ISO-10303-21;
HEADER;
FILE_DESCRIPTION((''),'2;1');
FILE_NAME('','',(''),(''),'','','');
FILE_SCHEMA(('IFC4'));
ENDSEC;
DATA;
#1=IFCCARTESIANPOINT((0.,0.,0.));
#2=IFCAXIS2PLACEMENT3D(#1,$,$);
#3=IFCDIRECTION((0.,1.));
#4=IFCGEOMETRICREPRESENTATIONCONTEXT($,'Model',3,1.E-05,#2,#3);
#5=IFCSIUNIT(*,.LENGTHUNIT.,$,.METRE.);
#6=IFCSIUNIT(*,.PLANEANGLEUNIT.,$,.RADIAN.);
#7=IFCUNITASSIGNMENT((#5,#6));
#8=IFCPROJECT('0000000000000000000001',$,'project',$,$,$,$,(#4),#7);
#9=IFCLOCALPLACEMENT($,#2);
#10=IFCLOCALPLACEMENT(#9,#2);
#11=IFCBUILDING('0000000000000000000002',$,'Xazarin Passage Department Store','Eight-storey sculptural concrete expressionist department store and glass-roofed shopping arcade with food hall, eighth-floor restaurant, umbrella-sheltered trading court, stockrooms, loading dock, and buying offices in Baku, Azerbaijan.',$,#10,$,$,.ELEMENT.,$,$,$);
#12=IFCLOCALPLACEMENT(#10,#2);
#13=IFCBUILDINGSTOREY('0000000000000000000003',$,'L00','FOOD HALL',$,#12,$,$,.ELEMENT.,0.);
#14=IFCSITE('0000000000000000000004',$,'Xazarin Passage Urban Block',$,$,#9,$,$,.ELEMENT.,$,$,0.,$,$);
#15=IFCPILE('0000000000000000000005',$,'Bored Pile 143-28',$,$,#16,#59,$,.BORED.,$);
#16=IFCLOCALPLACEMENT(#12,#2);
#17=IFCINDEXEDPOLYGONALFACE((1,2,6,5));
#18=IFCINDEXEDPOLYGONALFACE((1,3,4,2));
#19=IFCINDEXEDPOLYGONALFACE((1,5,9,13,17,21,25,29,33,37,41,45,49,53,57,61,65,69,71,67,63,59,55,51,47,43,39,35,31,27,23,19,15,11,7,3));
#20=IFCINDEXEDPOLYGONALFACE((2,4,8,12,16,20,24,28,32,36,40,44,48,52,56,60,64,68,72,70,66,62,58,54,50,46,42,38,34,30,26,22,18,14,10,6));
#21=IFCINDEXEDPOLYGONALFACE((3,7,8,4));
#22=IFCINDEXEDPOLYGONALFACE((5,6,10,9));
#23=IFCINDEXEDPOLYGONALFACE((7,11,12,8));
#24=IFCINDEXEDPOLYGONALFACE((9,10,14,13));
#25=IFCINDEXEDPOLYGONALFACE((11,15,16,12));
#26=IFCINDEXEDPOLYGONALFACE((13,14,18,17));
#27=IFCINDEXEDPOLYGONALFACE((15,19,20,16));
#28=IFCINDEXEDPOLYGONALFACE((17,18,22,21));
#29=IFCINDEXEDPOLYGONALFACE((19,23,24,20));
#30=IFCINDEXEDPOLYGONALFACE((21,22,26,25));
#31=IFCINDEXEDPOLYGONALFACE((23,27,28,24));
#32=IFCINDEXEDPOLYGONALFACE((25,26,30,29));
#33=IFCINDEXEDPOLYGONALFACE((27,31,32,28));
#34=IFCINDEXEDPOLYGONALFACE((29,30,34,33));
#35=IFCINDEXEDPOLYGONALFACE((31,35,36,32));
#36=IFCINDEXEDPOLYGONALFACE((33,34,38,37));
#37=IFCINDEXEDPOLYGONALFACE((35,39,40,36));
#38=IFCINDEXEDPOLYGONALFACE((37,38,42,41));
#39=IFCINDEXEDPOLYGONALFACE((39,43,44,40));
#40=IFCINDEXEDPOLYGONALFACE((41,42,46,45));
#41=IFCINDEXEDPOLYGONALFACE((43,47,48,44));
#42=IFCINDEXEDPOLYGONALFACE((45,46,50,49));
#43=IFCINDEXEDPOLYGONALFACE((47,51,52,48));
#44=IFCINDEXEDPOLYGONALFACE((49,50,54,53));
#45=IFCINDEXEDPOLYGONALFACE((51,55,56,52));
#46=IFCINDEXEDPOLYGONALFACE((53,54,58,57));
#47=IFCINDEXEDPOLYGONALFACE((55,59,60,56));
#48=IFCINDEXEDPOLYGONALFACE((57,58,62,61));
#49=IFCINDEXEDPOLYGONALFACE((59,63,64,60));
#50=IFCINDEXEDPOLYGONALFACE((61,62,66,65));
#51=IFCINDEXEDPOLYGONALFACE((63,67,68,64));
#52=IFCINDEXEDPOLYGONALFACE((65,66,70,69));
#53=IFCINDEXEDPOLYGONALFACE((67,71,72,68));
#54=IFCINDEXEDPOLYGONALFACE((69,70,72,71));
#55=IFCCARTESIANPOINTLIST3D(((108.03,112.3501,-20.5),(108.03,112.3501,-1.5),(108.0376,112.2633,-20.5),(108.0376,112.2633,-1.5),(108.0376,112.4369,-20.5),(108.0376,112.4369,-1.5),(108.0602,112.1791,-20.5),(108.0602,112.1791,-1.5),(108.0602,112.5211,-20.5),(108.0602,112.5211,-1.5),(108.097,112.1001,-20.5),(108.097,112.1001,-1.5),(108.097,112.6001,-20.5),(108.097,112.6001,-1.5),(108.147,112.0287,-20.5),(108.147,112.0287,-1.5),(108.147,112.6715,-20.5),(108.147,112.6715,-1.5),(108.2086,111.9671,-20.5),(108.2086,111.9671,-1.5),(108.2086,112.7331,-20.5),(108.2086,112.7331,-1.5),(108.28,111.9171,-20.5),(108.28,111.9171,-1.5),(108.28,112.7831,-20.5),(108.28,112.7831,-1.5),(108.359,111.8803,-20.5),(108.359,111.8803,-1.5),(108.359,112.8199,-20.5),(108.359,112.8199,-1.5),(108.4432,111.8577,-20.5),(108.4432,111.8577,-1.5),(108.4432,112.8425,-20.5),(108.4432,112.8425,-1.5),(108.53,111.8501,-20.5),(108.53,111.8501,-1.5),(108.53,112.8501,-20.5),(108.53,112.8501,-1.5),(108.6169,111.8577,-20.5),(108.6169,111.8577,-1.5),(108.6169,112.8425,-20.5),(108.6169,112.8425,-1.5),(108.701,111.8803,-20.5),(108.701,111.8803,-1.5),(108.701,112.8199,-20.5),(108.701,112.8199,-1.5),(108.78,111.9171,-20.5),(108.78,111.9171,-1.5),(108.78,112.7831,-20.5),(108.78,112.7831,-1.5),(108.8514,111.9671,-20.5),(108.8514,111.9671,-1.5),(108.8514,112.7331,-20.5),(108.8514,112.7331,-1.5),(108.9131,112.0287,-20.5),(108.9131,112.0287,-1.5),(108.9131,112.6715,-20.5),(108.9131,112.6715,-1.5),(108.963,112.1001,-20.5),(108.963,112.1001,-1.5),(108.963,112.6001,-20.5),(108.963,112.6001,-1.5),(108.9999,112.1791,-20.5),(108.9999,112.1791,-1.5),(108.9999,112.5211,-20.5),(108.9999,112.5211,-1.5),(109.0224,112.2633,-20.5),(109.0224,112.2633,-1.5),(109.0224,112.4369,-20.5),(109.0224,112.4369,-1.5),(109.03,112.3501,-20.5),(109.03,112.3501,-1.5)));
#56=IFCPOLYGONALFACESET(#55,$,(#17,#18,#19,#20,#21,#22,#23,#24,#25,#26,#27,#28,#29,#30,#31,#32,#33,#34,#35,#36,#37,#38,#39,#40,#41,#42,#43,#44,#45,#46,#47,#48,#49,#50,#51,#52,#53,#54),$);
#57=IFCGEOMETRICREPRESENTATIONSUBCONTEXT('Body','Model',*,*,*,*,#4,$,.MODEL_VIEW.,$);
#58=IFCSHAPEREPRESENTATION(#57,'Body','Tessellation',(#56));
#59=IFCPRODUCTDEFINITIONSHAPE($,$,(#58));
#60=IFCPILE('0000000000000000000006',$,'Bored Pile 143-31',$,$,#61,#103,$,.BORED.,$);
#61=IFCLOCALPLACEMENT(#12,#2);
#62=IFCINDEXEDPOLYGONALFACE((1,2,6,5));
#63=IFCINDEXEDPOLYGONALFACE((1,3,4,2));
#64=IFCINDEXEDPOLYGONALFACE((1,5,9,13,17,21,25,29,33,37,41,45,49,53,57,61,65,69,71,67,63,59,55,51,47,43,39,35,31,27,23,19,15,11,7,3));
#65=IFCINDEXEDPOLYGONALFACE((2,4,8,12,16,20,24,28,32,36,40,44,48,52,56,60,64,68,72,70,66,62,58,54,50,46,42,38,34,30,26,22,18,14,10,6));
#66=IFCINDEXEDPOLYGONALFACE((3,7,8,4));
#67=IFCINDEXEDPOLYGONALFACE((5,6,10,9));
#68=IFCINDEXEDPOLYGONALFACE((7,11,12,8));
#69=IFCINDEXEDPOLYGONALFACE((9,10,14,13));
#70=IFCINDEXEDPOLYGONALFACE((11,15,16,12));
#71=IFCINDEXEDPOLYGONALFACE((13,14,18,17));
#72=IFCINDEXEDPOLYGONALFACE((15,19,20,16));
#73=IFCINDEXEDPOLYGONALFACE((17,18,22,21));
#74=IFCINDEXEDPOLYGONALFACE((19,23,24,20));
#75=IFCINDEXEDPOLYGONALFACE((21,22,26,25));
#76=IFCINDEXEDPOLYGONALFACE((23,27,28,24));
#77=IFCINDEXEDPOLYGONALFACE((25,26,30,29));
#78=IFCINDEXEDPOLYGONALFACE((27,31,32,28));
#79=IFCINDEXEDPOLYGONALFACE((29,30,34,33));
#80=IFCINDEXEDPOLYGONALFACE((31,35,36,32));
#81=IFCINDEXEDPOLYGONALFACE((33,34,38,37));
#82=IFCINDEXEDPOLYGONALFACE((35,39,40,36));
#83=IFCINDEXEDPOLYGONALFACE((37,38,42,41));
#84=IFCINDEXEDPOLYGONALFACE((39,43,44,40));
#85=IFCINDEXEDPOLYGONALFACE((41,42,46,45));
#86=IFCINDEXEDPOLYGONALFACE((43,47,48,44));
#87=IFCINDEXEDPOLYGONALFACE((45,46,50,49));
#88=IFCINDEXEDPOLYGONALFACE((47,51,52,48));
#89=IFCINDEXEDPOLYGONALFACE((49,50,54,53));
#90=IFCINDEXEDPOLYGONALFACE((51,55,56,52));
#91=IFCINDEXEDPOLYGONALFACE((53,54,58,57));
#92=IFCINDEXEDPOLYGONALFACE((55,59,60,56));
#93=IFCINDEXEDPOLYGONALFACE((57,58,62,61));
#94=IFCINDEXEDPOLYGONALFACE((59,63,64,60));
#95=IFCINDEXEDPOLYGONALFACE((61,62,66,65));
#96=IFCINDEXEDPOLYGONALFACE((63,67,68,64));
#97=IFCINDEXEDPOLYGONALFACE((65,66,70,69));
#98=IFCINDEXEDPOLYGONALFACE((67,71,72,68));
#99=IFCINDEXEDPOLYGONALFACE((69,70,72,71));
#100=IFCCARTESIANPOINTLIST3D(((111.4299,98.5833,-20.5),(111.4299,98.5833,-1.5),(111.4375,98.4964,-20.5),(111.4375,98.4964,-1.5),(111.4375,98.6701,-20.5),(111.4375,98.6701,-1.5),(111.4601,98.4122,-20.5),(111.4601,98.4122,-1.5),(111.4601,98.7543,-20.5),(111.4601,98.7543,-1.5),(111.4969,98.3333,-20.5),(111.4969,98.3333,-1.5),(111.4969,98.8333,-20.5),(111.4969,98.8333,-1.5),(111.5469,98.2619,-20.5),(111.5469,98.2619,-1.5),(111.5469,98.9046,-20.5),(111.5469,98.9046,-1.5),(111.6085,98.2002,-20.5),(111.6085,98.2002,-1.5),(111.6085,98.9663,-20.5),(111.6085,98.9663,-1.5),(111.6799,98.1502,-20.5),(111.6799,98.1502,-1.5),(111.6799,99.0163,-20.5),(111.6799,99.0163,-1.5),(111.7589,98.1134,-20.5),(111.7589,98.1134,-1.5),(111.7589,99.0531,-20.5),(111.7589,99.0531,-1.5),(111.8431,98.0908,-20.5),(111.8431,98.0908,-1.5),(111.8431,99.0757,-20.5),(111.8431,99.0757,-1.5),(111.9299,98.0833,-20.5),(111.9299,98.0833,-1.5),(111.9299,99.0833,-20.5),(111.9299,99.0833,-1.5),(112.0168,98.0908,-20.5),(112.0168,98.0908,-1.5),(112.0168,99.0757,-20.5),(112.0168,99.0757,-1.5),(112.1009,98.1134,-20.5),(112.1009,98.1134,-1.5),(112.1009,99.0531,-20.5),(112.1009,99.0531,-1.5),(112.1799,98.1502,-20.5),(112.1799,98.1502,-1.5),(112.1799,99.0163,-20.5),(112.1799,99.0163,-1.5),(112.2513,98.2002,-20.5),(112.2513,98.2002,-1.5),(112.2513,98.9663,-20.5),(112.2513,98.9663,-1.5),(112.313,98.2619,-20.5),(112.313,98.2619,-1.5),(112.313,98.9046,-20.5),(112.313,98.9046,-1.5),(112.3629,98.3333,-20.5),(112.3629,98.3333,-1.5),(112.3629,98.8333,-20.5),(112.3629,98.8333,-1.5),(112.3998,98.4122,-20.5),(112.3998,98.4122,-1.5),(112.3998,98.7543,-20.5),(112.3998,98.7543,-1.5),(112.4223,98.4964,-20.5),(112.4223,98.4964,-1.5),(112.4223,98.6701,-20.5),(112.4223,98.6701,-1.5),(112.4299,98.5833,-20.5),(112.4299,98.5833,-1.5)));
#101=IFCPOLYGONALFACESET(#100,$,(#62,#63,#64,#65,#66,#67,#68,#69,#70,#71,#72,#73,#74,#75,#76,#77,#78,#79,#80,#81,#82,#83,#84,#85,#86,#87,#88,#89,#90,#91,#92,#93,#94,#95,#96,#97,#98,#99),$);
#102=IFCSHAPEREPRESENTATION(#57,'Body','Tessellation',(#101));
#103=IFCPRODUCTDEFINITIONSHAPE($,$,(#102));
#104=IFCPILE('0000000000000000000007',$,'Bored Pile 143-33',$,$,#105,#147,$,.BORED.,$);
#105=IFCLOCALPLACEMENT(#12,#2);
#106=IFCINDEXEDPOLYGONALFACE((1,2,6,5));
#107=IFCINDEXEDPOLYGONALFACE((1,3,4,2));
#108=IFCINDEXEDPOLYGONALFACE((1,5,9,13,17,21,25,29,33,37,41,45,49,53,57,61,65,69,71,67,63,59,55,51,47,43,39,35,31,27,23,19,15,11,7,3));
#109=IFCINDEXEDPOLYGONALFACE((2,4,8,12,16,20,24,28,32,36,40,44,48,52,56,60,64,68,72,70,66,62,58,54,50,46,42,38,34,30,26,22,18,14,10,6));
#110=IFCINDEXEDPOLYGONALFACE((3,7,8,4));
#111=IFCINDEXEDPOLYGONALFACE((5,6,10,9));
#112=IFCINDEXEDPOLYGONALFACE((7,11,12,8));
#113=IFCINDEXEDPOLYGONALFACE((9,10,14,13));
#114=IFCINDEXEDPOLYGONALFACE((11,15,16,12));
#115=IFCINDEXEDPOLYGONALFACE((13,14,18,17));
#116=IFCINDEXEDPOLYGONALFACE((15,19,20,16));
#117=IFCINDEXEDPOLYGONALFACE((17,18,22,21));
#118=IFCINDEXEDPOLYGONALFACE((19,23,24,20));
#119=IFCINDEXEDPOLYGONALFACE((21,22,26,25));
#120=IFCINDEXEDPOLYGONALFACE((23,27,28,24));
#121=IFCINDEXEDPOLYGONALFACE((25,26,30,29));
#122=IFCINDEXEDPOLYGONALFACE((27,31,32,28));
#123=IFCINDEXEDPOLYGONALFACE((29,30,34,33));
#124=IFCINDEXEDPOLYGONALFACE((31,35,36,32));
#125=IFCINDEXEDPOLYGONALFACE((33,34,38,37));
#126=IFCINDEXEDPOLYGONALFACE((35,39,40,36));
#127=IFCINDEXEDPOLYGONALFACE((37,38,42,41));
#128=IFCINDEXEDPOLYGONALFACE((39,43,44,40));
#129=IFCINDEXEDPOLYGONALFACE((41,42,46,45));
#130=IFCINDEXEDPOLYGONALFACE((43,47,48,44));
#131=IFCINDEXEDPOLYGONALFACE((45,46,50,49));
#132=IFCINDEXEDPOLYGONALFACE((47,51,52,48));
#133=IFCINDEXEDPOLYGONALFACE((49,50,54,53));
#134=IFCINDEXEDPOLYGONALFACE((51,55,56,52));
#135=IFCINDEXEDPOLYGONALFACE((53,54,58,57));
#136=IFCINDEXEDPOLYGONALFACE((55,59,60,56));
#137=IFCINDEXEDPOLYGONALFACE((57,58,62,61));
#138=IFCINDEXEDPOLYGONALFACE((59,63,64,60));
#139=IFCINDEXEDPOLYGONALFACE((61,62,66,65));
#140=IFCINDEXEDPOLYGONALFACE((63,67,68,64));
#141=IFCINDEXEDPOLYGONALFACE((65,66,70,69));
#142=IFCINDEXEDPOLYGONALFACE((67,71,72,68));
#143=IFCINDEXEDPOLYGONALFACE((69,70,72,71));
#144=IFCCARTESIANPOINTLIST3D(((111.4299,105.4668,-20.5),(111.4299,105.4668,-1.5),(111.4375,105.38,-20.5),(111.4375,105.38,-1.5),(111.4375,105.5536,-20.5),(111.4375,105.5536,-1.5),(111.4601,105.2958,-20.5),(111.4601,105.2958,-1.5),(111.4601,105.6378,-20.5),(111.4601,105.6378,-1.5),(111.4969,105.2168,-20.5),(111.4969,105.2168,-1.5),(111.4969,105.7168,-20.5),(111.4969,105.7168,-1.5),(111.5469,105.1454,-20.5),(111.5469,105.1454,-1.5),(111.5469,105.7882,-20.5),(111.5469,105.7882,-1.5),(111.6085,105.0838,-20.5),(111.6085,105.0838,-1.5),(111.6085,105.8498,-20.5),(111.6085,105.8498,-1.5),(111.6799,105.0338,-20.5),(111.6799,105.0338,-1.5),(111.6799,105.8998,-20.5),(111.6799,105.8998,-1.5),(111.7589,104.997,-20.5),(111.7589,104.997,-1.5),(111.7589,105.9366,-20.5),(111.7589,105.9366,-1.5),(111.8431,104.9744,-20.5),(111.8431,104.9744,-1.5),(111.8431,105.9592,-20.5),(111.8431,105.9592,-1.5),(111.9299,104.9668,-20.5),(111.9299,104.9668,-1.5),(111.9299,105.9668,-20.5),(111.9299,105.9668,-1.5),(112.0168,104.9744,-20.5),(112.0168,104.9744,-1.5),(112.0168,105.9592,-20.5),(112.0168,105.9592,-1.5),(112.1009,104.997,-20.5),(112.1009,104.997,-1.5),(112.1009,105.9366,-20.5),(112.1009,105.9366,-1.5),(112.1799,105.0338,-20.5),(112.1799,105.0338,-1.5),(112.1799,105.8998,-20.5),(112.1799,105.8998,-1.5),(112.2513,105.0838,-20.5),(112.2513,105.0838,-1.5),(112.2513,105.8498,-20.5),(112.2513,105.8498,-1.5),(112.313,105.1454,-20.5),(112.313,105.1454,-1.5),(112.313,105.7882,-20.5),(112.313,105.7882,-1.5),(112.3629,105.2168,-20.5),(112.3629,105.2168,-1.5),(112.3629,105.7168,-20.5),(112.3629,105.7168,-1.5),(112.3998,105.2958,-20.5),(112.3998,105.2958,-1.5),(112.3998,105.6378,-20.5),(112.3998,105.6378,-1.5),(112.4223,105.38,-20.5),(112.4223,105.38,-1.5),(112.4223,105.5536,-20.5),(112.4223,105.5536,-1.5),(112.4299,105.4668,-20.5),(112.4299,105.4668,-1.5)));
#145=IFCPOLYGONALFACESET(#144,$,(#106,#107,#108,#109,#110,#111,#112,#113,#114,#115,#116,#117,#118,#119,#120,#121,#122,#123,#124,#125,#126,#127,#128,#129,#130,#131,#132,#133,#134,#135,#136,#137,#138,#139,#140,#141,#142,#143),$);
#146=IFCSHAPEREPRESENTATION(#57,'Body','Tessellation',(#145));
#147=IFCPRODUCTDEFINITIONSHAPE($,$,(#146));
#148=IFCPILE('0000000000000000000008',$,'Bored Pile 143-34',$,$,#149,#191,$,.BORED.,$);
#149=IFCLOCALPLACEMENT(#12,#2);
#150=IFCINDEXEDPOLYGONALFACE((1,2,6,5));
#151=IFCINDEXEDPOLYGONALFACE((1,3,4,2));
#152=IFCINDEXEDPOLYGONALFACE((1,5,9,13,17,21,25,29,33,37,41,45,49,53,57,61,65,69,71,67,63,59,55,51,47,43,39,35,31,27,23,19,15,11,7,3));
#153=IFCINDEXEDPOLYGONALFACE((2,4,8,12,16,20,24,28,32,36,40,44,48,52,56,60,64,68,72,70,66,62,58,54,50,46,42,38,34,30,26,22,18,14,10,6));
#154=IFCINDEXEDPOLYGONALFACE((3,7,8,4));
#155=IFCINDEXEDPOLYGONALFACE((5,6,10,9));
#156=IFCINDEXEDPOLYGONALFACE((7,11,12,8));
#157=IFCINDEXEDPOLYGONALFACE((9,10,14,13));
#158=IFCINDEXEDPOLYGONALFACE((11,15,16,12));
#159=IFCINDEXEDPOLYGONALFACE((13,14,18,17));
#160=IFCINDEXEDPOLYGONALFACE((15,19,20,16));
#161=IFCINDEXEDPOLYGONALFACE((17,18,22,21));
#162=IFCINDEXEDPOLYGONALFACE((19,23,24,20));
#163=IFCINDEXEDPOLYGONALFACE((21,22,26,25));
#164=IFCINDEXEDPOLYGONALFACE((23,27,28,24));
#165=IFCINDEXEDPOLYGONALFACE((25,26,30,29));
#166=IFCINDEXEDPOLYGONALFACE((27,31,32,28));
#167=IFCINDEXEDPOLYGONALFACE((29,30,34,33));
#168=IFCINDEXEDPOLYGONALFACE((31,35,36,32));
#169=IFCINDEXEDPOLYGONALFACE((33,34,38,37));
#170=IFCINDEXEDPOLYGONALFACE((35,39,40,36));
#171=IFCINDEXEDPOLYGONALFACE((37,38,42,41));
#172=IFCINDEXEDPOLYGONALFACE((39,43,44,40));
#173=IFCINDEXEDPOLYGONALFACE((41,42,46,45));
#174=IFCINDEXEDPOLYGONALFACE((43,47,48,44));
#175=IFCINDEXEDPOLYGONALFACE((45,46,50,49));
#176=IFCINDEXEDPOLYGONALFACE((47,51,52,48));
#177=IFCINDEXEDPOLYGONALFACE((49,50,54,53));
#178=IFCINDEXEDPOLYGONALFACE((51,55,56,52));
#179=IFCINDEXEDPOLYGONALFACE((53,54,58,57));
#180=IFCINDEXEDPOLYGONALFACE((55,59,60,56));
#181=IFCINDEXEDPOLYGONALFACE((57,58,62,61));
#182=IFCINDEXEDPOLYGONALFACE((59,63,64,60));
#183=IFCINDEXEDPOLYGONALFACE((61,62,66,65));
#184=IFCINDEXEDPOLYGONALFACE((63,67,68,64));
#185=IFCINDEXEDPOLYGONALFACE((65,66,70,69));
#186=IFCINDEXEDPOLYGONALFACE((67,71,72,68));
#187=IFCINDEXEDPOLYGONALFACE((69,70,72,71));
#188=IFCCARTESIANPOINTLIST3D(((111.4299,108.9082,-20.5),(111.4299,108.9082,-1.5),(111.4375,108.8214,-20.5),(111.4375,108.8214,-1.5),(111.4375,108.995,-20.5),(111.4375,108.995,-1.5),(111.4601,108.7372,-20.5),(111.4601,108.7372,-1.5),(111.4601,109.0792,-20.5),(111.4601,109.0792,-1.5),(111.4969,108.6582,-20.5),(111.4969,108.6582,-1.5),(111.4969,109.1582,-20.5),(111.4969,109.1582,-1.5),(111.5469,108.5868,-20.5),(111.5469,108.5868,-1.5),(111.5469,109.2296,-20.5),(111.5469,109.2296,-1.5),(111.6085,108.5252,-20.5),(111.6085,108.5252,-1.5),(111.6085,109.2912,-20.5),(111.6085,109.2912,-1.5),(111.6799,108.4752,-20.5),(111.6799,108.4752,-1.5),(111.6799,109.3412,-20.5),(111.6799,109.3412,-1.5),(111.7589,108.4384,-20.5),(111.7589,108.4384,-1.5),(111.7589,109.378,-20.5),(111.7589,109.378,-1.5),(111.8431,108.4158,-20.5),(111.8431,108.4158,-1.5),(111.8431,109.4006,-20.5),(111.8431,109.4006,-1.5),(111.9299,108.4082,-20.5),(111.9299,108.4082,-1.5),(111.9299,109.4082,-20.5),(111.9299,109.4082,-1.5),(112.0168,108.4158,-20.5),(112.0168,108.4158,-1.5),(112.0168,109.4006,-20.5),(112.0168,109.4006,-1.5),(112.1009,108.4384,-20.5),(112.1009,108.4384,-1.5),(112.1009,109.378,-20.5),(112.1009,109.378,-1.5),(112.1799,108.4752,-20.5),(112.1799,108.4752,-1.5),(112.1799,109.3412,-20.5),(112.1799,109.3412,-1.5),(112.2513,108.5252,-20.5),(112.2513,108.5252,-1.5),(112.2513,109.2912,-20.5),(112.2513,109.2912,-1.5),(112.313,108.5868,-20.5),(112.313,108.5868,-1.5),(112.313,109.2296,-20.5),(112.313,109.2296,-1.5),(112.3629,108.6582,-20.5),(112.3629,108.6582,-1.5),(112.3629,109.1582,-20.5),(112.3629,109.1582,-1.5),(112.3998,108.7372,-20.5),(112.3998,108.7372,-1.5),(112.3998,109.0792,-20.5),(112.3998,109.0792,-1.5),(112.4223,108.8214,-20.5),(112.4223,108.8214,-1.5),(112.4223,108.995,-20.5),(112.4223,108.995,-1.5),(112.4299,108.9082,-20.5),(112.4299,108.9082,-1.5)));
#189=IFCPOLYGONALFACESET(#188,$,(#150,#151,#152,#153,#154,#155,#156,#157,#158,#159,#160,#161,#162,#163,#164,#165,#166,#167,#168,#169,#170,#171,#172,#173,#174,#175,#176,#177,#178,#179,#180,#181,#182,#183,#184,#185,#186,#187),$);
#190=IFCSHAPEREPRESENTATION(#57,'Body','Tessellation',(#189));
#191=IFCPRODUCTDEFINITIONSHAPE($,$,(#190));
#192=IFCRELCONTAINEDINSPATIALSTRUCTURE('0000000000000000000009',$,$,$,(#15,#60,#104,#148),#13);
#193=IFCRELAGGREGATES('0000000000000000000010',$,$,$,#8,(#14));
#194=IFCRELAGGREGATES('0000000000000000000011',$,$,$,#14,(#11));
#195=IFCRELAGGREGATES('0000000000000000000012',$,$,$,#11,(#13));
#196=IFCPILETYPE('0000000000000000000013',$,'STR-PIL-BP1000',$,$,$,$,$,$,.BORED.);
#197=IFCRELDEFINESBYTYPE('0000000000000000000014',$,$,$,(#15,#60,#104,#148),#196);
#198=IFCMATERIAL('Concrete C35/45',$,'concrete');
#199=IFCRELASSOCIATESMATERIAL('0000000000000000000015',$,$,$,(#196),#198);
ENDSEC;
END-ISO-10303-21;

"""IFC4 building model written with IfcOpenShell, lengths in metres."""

from ifc_helpers import new_model, si_unit, direction, frame, origin, origin_2d, place, context, subcontext, project, spatial, circle, extrude, material, material_profile, profile_set, type_object, element, save


model = new_model("IFC4")

# Units and contexts
model_context = context("Model", 3, precision=1e-05, world=origin(), true_north=direction((0.0, 1.0)))
body_context = subcontext(model_context, "Body", "Model", "MODEL_VIEW")
ifc_project = project(units=[si_unit("LENGTHUNIT", "METRE"), si_unit("PLANEANGLEUNIT", "RADIAN")], contexts=[model_context])

# Site, building, storey
site_placement = place(None, origin())
site = spatial("IfcSite", under=ifc_project, at=site_placement, Name="Xazarin Passage Urban Block", CompositionType="ELEMENT", RefElevation=0.0)
building_placement = place(site_placement, origin())
building = spatial("IfcBuilding", under=site, at=building_placement, Name="Xazarin Passage Department Store", Description="Eight-storey sculptural concrete expressionist department store and glass-roofed shopping arcade with food hall, eighth-floor restaurant, umbrella-sheltered trading court, stockrooms, loading dock, and buying offices in Baku, Azerbaijan.", CompositionType="ELEMENT")
storey_placement = place(building_placement, origin())
storey = spatial("IfcBuildingStorey", under=building, at=storey_placement, Name="L00", Description="FOOD HALL", CompositionType="ELEMENT", Elevation=0.0)

# Shared definitions
ifc_material_1 = material(Name="Concrete C35/45", Category="concrete")

# Piles
ifc_material_profile_1 = material_profile(ifc_material_1, circle(Radius=0.5, at=origin_2d()), Name="BP 1000")
ifc_profile_set_1 = profile_set([ifc_material_profile_1], Name="Concrete C35/45")
pile_type_1 = type_object("IfcPileType", Name="STR-PIL-BP1000", PredefinedType="BORED", material=ifc_profile_set_1)
for number, where, z_axis, x_axis, name in (
    (1, (108.53, 112.3501, -1.5), (0.0, 0.0, -1.0), (1.0, 0.0, 0.0), "Bored Pile 143-28"),
    (2, (111.9299, 98.5833, -1.5), (0.0, 0.0, -1.0), (1.0, 0.0, 0.0), "Bored Pile 143-31"),
    (3, (111.9299, 105.4668, -1.5), (0.0, 0.0, -1.0), (1.0, 0.0, 0.0), "Bored Pile 143-33"),
    (4, (111.9299, 108.9082, -1.5), (0.0, 0.0, -1.0), (1.0, 0.0, 0.0), "Bored Pile 143-34"),
):
    element("IfcPile", number, at=place(storey_placement, frame(where, z_axis=z_axis, x_axis=x_axis)), inside=storey, type_object=pile_type_1, Name=name, PredefinedType="BORED", context=body_context, shape_type="SweptSolid", body=[
        extrude(circle(Radius=0.5, at=origin_2d()), origin(), (0.0, 0.0, 1.0), 19.0),
    ])

save(model, "model.ifc")
